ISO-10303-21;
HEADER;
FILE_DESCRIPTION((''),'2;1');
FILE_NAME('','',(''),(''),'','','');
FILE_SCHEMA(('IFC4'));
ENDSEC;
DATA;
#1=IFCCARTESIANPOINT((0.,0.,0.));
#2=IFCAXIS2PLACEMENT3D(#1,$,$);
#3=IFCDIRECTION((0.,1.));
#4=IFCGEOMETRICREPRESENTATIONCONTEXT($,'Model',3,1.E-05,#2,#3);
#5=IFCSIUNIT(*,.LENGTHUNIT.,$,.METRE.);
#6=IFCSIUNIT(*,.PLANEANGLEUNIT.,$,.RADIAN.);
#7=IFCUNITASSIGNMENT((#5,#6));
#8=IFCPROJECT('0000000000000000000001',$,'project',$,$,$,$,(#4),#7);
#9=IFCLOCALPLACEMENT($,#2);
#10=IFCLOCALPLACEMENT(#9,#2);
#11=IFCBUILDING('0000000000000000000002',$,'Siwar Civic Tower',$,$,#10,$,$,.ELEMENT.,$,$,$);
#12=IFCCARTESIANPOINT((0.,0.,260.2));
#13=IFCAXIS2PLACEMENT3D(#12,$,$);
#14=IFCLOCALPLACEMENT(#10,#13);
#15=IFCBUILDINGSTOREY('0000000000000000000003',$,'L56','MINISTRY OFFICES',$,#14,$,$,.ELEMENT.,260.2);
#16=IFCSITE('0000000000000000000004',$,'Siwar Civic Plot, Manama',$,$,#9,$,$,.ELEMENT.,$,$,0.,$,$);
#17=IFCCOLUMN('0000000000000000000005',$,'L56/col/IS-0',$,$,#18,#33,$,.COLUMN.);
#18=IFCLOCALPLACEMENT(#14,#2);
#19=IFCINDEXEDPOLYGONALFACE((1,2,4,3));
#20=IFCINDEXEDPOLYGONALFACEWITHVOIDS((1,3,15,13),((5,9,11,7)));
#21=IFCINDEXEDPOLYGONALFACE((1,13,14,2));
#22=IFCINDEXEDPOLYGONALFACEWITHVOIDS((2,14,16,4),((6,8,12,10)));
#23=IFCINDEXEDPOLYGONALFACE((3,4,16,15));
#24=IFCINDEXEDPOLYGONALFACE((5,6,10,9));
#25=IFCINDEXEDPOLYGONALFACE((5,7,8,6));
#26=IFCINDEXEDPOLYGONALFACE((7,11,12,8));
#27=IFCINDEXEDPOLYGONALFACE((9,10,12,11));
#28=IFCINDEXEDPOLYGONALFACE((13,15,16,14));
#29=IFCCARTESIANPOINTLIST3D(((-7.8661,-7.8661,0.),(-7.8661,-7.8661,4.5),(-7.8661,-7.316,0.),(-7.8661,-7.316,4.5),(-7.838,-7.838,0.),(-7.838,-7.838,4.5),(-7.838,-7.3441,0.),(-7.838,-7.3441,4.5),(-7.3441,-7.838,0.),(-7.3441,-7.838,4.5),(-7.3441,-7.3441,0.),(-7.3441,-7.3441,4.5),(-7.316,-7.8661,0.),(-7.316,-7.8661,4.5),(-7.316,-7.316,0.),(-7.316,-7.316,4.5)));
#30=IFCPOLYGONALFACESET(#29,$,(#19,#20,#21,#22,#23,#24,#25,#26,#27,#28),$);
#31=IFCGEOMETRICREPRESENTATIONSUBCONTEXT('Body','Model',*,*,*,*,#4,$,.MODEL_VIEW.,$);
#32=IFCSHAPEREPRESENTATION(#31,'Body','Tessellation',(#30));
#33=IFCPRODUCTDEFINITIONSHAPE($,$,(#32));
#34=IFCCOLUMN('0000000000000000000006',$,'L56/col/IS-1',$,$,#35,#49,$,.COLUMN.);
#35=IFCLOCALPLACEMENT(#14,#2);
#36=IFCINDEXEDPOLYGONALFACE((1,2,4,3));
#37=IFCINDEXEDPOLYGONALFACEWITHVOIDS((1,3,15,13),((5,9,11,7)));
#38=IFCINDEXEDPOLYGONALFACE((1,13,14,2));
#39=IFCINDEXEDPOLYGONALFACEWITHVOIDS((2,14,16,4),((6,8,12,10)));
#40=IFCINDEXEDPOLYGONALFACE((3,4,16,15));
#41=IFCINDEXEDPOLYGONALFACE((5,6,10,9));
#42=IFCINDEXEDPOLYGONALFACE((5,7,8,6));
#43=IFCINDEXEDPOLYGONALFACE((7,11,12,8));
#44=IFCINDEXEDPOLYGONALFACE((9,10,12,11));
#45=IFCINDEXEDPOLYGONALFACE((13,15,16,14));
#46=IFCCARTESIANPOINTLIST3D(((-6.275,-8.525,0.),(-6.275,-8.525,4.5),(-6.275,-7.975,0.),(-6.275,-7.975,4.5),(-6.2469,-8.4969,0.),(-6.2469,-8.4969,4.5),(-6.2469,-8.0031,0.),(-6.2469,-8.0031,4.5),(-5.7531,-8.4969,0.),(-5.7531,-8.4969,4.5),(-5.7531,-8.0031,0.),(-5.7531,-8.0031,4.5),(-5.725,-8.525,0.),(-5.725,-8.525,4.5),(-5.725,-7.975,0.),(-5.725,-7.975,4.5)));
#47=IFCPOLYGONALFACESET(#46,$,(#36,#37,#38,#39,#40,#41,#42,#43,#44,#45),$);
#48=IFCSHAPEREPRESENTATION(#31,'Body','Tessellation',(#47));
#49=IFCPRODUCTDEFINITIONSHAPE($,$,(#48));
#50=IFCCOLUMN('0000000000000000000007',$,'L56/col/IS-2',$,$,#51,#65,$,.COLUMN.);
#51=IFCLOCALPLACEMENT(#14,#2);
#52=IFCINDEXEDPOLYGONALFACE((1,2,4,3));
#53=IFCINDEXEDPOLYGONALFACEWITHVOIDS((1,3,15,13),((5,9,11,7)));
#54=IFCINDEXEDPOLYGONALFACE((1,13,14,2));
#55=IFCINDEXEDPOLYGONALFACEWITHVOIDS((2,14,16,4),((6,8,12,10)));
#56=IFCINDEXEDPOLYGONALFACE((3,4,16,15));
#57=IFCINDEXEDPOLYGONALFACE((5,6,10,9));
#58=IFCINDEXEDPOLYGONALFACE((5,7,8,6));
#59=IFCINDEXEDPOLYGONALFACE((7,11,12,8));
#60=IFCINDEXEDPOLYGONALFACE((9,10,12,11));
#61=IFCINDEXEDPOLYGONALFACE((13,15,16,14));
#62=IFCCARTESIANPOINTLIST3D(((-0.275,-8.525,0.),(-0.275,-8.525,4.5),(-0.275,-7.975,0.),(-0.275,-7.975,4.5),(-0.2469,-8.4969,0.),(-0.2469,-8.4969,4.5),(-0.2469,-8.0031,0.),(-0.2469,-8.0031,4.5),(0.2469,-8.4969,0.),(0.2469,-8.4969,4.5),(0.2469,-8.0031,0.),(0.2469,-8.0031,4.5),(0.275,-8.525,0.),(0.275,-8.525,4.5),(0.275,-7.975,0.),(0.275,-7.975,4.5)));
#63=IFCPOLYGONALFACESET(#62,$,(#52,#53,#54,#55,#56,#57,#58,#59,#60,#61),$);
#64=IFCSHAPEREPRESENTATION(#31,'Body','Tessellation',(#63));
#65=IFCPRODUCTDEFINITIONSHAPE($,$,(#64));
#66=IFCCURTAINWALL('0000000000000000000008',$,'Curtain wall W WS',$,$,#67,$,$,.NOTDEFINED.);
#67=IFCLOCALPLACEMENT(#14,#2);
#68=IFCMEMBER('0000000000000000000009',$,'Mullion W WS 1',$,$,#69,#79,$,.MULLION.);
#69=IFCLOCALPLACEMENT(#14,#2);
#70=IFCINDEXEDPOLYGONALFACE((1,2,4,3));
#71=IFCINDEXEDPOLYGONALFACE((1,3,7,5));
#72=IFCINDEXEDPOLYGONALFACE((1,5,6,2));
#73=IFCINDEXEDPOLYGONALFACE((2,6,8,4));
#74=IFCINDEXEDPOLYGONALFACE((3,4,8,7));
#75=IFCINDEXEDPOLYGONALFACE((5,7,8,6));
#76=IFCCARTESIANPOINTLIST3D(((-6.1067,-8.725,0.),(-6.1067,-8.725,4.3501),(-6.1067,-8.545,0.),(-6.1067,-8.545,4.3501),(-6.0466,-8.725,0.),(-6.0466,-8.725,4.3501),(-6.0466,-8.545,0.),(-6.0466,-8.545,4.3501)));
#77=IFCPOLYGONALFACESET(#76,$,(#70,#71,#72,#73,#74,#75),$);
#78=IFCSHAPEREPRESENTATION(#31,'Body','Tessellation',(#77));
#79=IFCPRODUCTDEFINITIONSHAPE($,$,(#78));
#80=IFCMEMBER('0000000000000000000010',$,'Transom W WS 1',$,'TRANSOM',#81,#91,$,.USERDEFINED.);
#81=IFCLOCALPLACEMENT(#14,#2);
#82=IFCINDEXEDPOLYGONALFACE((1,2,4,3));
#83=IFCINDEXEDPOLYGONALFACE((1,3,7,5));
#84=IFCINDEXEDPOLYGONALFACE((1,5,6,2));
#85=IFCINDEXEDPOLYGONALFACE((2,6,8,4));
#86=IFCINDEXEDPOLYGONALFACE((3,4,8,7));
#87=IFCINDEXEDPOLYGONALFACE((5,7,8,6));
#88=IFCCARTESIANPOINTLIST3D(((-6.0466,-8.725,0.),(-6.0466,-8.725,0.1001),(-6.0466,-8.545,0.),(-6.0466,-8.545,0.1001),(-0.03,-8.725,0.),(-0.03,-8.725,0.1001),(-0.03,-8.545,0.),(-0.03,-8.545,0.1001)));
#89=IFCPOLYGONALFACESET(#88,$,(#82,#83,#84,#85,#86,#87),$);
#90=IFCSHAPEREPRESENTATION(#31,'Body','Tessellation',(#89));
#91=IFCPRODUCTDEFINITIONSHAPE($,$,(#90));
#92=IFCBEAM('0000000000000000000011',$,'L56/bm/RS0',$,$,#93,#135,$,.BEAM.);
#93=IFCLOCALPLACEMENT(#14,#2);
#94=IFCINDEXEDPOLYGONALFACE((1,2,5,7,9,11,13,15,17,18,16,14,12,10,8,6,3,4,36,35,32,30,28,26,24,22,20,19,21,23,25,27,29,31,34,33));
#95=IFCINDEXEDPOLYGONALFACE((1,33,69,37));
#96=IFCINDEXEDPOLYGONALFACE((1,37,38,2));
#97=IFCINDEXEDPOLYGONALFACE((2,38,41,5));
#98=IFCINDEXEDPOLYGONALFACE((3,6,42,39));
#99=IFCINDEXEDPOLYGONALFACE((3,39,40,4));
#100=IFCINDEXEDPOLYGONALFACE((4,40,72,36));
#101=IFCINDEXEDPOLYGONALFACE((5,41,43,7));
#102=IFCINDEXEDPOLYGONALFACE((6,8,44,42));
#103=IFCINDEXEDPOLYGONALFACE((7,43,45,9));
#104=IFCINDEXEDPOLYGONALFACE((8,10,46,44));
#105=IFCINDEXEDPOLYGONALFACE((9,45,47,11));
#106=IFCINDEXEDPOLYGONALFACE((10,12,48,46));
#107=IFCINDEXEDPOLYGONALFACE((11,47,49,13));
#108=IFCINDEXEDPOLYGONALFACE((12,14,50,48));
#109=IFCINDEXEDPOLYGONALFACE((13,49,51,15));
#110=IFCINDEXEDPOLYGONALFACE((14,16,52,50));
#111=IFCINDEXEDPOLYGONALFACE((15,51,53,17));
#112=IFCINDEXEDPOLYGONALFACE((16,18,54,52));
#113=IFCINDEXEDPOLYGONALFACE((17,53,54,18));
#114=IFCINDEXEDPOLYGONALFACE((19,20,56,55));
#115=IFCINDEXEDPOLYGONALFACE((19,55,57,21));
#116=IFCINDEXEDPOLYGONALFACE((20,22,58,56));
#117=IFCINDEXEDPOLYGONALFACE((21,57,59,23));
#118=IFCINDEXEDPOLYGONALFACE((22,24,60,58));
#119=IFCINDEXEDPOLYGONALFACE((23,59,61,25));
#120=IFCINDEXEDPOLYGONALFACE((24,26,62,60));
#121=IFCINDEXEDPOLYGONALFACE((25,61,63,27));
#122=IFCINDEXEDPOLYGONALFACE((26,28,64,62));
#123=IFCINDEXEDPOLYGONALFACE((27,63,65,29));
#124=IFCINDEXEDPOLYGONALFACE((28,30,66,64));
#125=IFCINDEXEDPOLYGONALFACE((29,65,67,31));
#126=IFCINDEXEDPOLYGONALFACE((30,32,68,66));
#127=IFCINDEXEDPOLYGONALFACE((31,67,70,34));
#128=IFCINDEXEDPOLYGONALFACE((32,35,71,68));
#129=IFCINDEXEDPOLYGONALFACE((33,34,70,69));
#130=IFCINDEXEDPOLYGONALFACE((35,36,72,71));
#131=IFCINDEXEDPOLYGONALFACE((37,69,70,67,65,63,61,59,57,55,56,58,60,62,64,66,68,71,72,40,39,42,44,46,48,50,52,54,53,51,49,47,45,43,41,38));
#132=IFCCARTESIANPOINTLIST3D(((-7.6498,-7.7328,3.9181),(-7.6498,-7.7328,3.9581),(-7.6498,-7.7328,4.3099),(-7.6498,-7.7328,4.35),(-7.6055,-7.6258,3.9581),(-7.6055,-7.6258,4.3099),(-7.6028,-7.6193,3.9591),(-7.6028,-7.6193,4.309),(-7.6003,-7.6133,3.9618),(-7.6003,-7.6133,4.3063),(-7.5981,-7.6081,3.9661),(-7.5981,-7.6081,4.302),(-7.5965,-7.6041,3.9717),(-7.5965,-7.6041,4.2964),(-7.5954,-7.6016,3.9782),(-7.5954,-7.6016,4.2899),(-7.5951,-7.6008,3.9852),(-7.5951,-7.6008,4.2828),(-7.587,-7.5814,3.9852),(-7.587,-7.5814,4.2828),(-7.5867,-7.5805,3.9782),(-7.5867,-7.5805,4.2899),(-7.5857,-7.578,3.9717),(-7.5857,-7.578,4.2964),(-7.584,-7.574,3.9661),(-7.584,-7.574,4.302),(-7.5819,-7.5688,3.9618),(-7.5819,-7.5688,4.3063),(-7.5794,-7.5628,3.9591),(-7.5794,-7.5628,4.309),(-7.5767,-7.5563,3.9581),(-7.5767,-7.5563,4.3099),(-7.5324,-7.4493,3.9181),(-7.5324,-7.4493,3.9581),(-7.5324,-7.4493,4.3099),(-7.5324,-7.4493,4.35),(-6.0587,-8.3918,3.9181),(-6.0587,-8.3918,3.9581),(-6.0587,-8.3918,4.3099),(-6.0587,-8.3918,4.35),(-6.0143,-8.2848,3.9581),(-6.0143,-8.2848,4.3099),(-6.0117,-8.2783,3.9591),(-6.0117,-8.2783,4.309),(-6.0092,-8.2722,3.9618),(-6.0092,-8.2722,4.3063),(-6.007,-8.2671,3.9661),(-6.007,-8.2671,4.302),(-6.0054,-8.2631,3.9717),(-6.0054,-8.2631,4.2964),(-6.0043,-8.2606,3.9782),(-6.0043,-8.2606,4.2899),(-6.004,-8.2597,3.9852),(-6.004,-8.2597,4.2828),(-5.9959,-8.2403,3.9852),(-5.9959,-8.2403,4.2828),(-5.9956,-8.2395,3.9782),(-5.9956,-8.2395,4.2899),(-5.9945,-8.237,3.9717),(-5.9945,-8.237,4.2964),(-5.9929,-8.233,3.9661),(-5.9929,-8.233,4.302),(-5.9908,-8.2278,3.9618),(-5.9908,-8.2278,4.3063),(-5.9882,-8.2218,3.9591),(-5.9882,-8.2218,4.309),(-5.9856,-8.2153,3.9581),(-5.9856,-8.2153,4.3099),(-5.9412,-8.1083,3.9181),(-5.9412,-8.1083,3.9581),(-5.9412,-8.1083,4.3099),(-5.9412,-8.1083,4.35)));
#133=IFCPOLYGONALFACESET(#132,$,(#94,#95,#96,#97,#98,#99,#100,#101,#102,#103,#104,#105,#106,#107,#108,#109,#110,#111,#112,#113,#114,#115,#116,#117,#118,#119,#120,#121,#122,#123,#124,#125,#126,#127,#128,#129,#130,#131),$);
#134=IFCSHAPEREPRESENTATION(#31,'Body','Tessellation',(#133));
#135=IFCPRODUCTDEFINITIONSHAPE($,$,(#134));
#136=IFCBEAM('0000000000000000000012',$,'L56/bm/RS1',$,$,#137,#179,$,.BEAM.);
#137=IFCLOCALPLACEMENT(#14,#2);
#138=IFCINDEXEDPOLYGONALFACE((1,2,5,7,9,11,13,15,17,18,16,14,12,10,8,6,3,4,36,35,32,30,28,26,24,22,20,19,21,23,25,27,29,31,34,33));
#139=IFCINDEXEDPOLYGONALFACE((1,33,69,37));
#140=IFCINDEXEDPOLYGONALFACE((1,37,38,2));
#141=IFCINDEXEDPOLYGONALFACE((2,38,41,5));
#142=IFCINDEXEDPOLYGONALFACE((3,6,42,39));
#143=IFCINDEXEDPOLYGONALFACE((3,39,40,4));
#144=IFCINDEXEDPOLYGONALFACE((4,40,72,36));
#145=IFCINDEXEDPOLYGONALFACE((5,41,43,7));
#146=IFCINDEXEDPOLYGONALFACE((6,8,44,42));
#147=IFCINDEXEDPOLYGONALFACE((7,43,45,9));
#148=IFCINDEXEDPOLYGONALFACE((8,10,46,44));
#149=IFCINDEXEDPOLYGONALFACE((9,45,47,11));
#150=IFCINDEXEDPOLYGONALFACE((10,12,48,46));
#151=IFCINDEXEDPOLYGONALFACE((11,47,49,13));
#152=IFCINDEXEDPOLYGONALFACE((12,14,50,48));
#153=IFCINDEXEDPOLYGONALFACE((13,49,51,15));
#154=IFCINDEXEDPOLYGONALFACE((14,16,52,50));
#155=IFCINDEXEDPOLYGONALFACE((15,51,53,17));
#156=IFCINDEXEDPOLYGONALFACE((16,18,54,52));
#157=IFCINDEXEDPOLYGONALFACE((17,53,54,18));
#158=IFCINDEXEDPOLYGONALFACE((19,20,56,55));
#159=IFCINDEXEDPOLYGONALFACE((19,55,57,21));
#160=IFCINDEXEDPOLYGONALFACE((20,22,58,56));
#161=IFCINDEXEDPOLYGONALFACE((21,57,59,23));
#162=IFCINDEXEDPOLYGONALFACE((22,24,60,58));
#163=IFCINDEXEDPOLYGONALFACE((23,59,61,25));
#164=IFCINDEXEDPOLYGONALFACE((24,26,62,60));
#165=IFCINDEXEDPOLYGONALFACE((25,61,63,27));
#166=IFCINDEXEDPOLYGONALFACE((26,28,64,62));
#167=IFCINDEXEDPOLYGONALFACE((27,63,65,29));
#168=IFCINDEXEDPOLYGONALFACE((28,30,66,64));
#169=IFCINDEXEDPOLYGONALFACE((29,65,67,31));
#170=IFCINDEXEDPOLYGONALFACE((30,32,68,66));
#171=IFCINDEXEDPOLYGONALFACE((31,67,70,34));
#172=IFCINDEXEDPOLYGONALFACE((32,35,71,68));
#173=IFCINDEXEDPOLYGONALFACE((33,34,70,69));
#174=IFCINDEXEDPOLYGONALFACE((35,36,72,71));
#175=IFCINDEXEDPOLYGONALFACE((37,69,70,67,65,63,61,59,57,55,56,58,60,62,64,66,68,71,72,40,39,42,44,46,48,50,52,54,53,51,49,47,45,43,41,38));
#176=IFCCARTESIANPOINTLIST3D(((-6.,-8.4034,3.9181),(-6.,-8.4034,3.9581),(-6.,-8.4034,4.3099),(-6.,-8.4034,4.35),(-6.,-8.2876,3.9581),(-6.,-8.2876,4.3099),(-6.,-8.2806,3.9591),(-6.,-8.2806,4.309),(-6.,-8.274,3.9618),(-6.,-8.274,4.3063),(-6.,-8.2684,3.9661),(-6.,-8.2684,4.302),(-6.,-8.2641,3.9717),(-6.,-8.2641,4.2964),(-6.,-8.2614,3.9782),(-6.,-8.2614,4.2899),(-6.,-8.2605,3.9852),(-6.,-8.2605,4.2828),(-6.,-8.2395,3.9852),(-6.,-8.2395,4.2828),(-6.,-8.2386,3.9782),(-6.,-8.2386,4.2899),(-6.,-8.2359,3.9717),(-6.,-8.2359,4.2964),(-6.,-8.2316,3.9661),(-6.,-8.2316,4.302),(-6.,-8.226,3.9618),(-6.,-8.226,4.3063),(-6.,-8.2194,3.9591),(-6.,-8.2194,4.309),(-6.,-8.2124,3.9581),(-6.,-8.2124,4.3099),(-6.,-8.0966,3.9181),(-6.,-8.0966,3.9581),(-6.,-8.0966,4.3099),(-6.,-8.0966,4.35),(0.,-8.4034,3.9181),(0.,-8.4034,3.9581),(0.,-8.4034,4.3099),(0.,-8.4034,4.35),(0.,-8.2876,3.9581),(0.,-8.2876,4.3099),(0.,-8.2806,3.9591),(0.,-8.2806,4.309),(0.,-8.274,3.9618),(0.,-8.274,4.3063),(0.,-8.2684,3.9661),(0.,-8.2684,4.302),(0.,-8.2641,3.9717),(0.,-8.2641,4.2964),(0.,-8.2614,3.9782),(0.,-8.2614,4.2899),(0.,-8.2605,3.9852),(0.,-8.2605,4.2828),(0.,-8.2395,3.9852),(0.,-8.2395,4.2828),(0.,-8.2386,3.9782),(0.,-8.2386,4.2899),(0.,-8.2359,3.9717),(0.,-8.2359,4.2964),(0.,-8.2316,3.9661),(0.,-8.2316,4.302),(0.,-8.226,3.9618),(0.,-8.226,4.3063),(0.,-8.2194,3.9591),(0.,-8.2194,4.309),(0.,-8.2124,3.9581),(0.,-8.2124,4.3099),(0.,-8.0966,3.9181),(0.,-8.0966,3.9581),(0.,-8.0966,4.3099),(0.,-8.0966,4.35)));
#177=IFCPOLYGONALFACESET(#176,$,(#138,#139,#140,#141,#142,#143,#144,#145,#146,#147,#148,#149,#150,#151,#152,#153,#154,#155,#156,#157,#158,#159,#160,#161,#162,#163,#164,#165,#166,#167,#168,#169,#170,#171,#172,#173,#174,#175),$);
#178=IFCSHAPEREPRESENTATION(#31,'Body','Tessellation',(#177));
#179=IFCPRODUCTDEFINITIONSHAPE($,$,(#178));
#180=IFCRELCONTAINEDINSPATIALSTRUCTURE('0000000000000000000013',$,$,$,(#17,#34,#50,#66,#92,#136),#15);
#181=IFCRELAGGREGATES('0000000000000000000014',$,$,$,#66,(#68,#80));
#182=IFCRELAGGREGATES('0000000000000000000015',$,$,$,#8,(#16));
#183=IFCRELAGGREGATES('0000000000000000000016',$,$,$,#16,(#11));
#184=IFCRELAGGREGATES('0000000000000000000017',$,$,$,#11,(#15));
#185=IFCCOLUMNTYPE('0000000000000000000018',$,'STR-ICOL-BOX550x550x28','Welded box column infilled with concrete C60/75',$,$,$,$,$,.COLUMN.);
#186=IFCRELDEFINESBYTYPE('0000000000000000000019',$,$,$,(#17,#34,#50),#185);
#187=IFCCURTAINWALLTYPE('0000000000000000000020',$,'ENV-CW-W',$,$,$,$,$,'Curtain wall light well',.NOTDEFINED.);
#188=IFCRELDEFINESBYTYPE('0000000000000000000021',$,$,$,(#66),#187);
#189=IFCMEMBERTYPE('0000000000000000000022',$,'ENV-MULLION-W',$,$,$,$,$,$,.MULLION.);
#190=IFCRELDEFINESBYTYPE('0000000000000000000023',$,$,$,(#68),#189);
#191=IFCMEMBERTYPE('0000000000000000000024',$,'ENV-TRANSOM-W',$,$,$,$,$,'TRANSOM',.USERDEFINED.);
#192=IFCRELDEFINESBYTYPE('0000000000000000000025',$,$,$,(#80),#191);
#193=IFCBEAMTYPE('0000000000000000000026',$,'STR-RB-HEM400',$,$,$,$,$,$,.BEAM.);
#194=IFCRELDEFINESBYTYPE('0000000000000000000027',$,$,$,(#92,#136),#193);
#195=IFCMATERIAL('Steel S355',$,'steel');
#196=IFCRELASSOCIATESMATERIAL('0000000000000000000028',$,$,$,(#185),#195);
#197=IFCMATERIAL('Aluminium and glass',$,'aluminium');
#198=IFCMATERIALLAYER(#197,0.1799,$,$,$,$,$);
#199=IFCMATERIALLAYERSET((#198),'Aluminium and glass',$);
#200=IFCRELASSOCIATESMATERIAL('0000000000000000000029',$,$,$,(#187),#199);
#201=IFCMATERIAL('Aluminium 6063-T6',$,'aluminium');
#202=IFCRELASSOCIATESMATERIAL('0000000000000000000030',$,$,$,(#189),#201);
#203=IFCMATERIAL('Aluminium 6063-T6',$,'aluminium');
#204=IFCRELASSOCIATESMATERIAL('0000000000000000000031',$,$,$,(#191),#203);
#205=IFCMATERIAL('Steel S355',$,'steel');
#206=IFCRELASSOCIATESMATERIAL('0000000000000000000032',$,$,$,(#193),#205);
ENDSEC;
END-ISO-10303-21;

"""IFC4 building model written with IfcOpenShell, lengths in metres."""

from ifc_helpers import new_model, si_unit, direction, frame, origin, origin_2d, place, context, subcontext, project, spatial, rectangle, hollow_rectangle, i_section, extrude, material, layer, layer_set, material_profile, profile_set, type_object, element, aggregate, save


model = new_model("IFC4")

# Units and contexts
model_context = context("Model", 3, precision=1e-05, world=origin(), true_north=direction((0.0, 1.0)))
body_context = subcontext(model_context, "Body", "Model", "MODEL_VIEW")
ifc_project = project(units=[si_unit("LENGTHUNIT", "METRE"), si_unit("PLANEANGLEUNIT", "RADIAN")], contexts=[model_context])

# Site, building, storey
site_placement = place(None, origin())
site = spatial("IfcSite", under=ifc_project, at=site_placement, Name="Siwar Civic Plot, Manama", CompositionType="ELEMENT", RefElevation=0.0)
building_placement = place(site_placement, origin())
building = spatial("IfcBuilding", under=site, at=building_placement, Name="Siwar Civic Tower", CompositionType="ELEMENT")
storey_placement = place(building_placement, frame((0.0, 0.0, 260.2)))
storey = spatial("IfcBuildingStorey", under=building, at=storey_placement, Name="L56", Description="MINISTRY OFFICES", CompositionType="ELEMENT", Elevation=260.2)

# Columns
ifc_material_1 = material(Name="Steel S355", Category="steel")
ifc_material_profile_1 = material_profile(ifc_material_1, hollow_rectangle(XDim=0.55, YDim=0.55, WallThickness=0.0281, at=origin_2d()), Name="BOX550x550x28")
ifc_profile_set_1 = profile_set([ifc_material_profile_1], Name="Steel S355")
column_type = type_object("IfcColumnType", Name="STR-ICOL-BOX550x550x28", Description="Welded box column infilled with concrete C60/75", PredefinedType="COLUMN", material=ifc_profile_set_1)
for number, where, z_axis, x_axis, name in (
    (1, (-7.5911, -7.5911, 0.0), (0.0, 0.0, 1.0), (1.0, 0.0, 0.0), "L56/col/IS-0"),
    (2, (-6.0, -8.25, 0.0), (0.0, 0.0, 1.0), (1.0, 0.0, 0.0), "L56/col/IS-1"),
    (3, (0.0, -8.25, 0.0), (0.0, 0.0, 1.0), (1.0, 0.0, 0.0), "L56/col/IS-2"),
):
    element("IfcColumn", number, at=place(storey_placement, frame(where, z_axis=z_axis, x_axis=x_axis)), inside=storey, type_object=column_type, Name=name, PredefinedType="COLUMN", context=body_context, shape_type="SweptSolid", body=[
        extrude(hollow_rectangle(XDim=0.55, YDim=0.55, WallThickness=0.0281, at=origin_2d()), origin(), (0.0, 0.0, 1.0), 4.5),
    ])

# Curtain wall, members
ifc_material_2 = material(Name="Aluminium and glass", Category="aluminium")
ifc_layer_1 = layer(ifc_material_2, 0.1799)
ifc_layer_set_1 = layer_set([ifc_layer_1], Name="Aluminium and glass")
curtain_wall_type = type_object("IfcCurtainWallType", Name="ENV-CW-W", ElementType="Curtain wall light well", PredefinedType="NOTDEFINED", material=ifc_layer_set_1)
curtain_wall_placement = place(storey_placement, origin())
curtain_wall = element("IfcCurtainWall", 4, at=curtain_wall_placement, inside=storey, type_object=curtain_wall_type, Name="Curtain wall W WS", PredefinedType="NOTDEFINED")
ifc_material_3 = material(Name="Aluminium 6063-T6", Category="aluminium")
ifc_material_profile_2 = material_profile(ifc_material_3, rectangle(XDim=0.1799, YDim=0.0601, at=origin_2d()), Name="AL 180x60")
ifc_profile_set_2 = profile_set([ifc_material_profile_2], Name="Aluminium 6063-T6")
member_type_1 = type_object("IfcMemberType", Name="ENV-MULLION-W", PredefinedType="MULLION", material=ifc_profile_set_2)
member_1_placement = place(storey_placement, frame((-6.0767, -8.635, 0.0), z_axis=(0.0, 0.0, 1.0), x_axis=(0.0, 1.0, 0.0)))
member_1 = element("IfcMember", 5, at=member_1_placement, type_object=member_type_1, Name="Mullion W WS 1", PredefinedType="MULLION", context=body_context, shape_type="SweptSolid", body=[
    extrude(rectangle(XDim=0.1799, YDim=0.0601, at=origin_2d()), origin(), (0.0, 0.0, 1.0), 4.3501),
])
ifc_material_4 = material(Name="Aluminium 6063-T6", Category="aluminium")
ifc_material_profile_3 = material_profile(ifc_material_4, rectangle(XDim=0.1799, YDim=0.1001, at=origin_2d()), Name="AL 180x100")
ifc_profile_set_3 = profile_set([ifc_material_profile_3], Name="Aluminium 6063-T6")
member_type_2 = type_object("IfcMemberType", Name="ENV-TRANSOM-W", ElementType="TRANSOM", PredefinedType="USERDEFINED", material=ifc_profile_set_3)
member_2_placement = place(storey_placement, frame((-6.0466, -8.635, 0.05), z_axis=(1.0, 0.0, 0.0), x_axis=(0.0, 1.0, 0.0)))
member_2 = element("IfcMember", 6, at=member_2_placement, type_object=member_type_2, Name="Transom W WS 1", ObjectType="TRANSOM", PredefinedType="USERDEFINED", context=body_context, shape_type="SweptSolid", body=[
    extrude(rectangle(XDim=0.1799, YDim=0.1001, at=origin_2d()), origin(), (0.0, 0.0, 1.0), 6.0166),
])

# Beams
ifc_material_5 = material(Name="Steel S355", Category="steel")
ifc_material_profile_4 = material_profile(ifc_material_5, i_section(OverallWidth=0.3069, OverallDepth=0.4319, WebThickness=0.021, FlangeThickness=0.04, FilletRadius=0.0271, at=origin_2d()), Name="HEM400")
ifc_profile_set_4 = profile_set([ifc_material_profile_4], Name="Steel S355")
beam_type = type_object("IfcBeamType", Name="STR-RB-HEM400", PredefinedType="BEAM", material=ifc_profile_set_4)
beam_1_placement = place(storey_placement, frame((-7.5911, -7.5911, 4.134), z_axis=(0.923901, -0.382631, 0.0), x_axis=(0.382631, 0.923901, 0.0)))
element("IfcBeam", 7, at=beam_1_placement, inside=storey, type_object=beam_type, Name="L56/bm/RS0", PredefinedType="BEAM", context=body_context, shape_type="SweptSolid", body=[
    extrude(i_section(OverallWidth=0.3069, OverallDepth=0.4319, WebThickness=0.021, FlangeThickness=0.04, FilletRadius=0.0271, at=origin_2d()), origin(), (0.0, 0.0, 1.0), 1.7222),
])
for number, where, z_axis, x_axis, name in (
    (8, (-6.0, -8.25, 4.134), (1.0, 0.0, 0.0), (0.0, 1.0, 0.0), "L56/bm/RS1"),
):
    element("IfcBeam", number, at=place(storey_placement, frame(where, z_axis=z_axis, x_axis=x_axis)), inside=storey, type_object=beam_type, Name=name, PredefinedType="BEAM", context=body_context, shape_type="SweptSolid", body=[
        extrude(i_section(OverallWidth=0.3069, OverallDepth=0.4319, WebThickness=0.021, FlangeThickness=0.04, FilletRadius=0.0271, at=origin_2d()), origin(), (0.0, 0.0, 1.0), 6.0),
    ])

aggregate(curtain_wall, [member_1, member_2])

save(model, "model.ifc")
